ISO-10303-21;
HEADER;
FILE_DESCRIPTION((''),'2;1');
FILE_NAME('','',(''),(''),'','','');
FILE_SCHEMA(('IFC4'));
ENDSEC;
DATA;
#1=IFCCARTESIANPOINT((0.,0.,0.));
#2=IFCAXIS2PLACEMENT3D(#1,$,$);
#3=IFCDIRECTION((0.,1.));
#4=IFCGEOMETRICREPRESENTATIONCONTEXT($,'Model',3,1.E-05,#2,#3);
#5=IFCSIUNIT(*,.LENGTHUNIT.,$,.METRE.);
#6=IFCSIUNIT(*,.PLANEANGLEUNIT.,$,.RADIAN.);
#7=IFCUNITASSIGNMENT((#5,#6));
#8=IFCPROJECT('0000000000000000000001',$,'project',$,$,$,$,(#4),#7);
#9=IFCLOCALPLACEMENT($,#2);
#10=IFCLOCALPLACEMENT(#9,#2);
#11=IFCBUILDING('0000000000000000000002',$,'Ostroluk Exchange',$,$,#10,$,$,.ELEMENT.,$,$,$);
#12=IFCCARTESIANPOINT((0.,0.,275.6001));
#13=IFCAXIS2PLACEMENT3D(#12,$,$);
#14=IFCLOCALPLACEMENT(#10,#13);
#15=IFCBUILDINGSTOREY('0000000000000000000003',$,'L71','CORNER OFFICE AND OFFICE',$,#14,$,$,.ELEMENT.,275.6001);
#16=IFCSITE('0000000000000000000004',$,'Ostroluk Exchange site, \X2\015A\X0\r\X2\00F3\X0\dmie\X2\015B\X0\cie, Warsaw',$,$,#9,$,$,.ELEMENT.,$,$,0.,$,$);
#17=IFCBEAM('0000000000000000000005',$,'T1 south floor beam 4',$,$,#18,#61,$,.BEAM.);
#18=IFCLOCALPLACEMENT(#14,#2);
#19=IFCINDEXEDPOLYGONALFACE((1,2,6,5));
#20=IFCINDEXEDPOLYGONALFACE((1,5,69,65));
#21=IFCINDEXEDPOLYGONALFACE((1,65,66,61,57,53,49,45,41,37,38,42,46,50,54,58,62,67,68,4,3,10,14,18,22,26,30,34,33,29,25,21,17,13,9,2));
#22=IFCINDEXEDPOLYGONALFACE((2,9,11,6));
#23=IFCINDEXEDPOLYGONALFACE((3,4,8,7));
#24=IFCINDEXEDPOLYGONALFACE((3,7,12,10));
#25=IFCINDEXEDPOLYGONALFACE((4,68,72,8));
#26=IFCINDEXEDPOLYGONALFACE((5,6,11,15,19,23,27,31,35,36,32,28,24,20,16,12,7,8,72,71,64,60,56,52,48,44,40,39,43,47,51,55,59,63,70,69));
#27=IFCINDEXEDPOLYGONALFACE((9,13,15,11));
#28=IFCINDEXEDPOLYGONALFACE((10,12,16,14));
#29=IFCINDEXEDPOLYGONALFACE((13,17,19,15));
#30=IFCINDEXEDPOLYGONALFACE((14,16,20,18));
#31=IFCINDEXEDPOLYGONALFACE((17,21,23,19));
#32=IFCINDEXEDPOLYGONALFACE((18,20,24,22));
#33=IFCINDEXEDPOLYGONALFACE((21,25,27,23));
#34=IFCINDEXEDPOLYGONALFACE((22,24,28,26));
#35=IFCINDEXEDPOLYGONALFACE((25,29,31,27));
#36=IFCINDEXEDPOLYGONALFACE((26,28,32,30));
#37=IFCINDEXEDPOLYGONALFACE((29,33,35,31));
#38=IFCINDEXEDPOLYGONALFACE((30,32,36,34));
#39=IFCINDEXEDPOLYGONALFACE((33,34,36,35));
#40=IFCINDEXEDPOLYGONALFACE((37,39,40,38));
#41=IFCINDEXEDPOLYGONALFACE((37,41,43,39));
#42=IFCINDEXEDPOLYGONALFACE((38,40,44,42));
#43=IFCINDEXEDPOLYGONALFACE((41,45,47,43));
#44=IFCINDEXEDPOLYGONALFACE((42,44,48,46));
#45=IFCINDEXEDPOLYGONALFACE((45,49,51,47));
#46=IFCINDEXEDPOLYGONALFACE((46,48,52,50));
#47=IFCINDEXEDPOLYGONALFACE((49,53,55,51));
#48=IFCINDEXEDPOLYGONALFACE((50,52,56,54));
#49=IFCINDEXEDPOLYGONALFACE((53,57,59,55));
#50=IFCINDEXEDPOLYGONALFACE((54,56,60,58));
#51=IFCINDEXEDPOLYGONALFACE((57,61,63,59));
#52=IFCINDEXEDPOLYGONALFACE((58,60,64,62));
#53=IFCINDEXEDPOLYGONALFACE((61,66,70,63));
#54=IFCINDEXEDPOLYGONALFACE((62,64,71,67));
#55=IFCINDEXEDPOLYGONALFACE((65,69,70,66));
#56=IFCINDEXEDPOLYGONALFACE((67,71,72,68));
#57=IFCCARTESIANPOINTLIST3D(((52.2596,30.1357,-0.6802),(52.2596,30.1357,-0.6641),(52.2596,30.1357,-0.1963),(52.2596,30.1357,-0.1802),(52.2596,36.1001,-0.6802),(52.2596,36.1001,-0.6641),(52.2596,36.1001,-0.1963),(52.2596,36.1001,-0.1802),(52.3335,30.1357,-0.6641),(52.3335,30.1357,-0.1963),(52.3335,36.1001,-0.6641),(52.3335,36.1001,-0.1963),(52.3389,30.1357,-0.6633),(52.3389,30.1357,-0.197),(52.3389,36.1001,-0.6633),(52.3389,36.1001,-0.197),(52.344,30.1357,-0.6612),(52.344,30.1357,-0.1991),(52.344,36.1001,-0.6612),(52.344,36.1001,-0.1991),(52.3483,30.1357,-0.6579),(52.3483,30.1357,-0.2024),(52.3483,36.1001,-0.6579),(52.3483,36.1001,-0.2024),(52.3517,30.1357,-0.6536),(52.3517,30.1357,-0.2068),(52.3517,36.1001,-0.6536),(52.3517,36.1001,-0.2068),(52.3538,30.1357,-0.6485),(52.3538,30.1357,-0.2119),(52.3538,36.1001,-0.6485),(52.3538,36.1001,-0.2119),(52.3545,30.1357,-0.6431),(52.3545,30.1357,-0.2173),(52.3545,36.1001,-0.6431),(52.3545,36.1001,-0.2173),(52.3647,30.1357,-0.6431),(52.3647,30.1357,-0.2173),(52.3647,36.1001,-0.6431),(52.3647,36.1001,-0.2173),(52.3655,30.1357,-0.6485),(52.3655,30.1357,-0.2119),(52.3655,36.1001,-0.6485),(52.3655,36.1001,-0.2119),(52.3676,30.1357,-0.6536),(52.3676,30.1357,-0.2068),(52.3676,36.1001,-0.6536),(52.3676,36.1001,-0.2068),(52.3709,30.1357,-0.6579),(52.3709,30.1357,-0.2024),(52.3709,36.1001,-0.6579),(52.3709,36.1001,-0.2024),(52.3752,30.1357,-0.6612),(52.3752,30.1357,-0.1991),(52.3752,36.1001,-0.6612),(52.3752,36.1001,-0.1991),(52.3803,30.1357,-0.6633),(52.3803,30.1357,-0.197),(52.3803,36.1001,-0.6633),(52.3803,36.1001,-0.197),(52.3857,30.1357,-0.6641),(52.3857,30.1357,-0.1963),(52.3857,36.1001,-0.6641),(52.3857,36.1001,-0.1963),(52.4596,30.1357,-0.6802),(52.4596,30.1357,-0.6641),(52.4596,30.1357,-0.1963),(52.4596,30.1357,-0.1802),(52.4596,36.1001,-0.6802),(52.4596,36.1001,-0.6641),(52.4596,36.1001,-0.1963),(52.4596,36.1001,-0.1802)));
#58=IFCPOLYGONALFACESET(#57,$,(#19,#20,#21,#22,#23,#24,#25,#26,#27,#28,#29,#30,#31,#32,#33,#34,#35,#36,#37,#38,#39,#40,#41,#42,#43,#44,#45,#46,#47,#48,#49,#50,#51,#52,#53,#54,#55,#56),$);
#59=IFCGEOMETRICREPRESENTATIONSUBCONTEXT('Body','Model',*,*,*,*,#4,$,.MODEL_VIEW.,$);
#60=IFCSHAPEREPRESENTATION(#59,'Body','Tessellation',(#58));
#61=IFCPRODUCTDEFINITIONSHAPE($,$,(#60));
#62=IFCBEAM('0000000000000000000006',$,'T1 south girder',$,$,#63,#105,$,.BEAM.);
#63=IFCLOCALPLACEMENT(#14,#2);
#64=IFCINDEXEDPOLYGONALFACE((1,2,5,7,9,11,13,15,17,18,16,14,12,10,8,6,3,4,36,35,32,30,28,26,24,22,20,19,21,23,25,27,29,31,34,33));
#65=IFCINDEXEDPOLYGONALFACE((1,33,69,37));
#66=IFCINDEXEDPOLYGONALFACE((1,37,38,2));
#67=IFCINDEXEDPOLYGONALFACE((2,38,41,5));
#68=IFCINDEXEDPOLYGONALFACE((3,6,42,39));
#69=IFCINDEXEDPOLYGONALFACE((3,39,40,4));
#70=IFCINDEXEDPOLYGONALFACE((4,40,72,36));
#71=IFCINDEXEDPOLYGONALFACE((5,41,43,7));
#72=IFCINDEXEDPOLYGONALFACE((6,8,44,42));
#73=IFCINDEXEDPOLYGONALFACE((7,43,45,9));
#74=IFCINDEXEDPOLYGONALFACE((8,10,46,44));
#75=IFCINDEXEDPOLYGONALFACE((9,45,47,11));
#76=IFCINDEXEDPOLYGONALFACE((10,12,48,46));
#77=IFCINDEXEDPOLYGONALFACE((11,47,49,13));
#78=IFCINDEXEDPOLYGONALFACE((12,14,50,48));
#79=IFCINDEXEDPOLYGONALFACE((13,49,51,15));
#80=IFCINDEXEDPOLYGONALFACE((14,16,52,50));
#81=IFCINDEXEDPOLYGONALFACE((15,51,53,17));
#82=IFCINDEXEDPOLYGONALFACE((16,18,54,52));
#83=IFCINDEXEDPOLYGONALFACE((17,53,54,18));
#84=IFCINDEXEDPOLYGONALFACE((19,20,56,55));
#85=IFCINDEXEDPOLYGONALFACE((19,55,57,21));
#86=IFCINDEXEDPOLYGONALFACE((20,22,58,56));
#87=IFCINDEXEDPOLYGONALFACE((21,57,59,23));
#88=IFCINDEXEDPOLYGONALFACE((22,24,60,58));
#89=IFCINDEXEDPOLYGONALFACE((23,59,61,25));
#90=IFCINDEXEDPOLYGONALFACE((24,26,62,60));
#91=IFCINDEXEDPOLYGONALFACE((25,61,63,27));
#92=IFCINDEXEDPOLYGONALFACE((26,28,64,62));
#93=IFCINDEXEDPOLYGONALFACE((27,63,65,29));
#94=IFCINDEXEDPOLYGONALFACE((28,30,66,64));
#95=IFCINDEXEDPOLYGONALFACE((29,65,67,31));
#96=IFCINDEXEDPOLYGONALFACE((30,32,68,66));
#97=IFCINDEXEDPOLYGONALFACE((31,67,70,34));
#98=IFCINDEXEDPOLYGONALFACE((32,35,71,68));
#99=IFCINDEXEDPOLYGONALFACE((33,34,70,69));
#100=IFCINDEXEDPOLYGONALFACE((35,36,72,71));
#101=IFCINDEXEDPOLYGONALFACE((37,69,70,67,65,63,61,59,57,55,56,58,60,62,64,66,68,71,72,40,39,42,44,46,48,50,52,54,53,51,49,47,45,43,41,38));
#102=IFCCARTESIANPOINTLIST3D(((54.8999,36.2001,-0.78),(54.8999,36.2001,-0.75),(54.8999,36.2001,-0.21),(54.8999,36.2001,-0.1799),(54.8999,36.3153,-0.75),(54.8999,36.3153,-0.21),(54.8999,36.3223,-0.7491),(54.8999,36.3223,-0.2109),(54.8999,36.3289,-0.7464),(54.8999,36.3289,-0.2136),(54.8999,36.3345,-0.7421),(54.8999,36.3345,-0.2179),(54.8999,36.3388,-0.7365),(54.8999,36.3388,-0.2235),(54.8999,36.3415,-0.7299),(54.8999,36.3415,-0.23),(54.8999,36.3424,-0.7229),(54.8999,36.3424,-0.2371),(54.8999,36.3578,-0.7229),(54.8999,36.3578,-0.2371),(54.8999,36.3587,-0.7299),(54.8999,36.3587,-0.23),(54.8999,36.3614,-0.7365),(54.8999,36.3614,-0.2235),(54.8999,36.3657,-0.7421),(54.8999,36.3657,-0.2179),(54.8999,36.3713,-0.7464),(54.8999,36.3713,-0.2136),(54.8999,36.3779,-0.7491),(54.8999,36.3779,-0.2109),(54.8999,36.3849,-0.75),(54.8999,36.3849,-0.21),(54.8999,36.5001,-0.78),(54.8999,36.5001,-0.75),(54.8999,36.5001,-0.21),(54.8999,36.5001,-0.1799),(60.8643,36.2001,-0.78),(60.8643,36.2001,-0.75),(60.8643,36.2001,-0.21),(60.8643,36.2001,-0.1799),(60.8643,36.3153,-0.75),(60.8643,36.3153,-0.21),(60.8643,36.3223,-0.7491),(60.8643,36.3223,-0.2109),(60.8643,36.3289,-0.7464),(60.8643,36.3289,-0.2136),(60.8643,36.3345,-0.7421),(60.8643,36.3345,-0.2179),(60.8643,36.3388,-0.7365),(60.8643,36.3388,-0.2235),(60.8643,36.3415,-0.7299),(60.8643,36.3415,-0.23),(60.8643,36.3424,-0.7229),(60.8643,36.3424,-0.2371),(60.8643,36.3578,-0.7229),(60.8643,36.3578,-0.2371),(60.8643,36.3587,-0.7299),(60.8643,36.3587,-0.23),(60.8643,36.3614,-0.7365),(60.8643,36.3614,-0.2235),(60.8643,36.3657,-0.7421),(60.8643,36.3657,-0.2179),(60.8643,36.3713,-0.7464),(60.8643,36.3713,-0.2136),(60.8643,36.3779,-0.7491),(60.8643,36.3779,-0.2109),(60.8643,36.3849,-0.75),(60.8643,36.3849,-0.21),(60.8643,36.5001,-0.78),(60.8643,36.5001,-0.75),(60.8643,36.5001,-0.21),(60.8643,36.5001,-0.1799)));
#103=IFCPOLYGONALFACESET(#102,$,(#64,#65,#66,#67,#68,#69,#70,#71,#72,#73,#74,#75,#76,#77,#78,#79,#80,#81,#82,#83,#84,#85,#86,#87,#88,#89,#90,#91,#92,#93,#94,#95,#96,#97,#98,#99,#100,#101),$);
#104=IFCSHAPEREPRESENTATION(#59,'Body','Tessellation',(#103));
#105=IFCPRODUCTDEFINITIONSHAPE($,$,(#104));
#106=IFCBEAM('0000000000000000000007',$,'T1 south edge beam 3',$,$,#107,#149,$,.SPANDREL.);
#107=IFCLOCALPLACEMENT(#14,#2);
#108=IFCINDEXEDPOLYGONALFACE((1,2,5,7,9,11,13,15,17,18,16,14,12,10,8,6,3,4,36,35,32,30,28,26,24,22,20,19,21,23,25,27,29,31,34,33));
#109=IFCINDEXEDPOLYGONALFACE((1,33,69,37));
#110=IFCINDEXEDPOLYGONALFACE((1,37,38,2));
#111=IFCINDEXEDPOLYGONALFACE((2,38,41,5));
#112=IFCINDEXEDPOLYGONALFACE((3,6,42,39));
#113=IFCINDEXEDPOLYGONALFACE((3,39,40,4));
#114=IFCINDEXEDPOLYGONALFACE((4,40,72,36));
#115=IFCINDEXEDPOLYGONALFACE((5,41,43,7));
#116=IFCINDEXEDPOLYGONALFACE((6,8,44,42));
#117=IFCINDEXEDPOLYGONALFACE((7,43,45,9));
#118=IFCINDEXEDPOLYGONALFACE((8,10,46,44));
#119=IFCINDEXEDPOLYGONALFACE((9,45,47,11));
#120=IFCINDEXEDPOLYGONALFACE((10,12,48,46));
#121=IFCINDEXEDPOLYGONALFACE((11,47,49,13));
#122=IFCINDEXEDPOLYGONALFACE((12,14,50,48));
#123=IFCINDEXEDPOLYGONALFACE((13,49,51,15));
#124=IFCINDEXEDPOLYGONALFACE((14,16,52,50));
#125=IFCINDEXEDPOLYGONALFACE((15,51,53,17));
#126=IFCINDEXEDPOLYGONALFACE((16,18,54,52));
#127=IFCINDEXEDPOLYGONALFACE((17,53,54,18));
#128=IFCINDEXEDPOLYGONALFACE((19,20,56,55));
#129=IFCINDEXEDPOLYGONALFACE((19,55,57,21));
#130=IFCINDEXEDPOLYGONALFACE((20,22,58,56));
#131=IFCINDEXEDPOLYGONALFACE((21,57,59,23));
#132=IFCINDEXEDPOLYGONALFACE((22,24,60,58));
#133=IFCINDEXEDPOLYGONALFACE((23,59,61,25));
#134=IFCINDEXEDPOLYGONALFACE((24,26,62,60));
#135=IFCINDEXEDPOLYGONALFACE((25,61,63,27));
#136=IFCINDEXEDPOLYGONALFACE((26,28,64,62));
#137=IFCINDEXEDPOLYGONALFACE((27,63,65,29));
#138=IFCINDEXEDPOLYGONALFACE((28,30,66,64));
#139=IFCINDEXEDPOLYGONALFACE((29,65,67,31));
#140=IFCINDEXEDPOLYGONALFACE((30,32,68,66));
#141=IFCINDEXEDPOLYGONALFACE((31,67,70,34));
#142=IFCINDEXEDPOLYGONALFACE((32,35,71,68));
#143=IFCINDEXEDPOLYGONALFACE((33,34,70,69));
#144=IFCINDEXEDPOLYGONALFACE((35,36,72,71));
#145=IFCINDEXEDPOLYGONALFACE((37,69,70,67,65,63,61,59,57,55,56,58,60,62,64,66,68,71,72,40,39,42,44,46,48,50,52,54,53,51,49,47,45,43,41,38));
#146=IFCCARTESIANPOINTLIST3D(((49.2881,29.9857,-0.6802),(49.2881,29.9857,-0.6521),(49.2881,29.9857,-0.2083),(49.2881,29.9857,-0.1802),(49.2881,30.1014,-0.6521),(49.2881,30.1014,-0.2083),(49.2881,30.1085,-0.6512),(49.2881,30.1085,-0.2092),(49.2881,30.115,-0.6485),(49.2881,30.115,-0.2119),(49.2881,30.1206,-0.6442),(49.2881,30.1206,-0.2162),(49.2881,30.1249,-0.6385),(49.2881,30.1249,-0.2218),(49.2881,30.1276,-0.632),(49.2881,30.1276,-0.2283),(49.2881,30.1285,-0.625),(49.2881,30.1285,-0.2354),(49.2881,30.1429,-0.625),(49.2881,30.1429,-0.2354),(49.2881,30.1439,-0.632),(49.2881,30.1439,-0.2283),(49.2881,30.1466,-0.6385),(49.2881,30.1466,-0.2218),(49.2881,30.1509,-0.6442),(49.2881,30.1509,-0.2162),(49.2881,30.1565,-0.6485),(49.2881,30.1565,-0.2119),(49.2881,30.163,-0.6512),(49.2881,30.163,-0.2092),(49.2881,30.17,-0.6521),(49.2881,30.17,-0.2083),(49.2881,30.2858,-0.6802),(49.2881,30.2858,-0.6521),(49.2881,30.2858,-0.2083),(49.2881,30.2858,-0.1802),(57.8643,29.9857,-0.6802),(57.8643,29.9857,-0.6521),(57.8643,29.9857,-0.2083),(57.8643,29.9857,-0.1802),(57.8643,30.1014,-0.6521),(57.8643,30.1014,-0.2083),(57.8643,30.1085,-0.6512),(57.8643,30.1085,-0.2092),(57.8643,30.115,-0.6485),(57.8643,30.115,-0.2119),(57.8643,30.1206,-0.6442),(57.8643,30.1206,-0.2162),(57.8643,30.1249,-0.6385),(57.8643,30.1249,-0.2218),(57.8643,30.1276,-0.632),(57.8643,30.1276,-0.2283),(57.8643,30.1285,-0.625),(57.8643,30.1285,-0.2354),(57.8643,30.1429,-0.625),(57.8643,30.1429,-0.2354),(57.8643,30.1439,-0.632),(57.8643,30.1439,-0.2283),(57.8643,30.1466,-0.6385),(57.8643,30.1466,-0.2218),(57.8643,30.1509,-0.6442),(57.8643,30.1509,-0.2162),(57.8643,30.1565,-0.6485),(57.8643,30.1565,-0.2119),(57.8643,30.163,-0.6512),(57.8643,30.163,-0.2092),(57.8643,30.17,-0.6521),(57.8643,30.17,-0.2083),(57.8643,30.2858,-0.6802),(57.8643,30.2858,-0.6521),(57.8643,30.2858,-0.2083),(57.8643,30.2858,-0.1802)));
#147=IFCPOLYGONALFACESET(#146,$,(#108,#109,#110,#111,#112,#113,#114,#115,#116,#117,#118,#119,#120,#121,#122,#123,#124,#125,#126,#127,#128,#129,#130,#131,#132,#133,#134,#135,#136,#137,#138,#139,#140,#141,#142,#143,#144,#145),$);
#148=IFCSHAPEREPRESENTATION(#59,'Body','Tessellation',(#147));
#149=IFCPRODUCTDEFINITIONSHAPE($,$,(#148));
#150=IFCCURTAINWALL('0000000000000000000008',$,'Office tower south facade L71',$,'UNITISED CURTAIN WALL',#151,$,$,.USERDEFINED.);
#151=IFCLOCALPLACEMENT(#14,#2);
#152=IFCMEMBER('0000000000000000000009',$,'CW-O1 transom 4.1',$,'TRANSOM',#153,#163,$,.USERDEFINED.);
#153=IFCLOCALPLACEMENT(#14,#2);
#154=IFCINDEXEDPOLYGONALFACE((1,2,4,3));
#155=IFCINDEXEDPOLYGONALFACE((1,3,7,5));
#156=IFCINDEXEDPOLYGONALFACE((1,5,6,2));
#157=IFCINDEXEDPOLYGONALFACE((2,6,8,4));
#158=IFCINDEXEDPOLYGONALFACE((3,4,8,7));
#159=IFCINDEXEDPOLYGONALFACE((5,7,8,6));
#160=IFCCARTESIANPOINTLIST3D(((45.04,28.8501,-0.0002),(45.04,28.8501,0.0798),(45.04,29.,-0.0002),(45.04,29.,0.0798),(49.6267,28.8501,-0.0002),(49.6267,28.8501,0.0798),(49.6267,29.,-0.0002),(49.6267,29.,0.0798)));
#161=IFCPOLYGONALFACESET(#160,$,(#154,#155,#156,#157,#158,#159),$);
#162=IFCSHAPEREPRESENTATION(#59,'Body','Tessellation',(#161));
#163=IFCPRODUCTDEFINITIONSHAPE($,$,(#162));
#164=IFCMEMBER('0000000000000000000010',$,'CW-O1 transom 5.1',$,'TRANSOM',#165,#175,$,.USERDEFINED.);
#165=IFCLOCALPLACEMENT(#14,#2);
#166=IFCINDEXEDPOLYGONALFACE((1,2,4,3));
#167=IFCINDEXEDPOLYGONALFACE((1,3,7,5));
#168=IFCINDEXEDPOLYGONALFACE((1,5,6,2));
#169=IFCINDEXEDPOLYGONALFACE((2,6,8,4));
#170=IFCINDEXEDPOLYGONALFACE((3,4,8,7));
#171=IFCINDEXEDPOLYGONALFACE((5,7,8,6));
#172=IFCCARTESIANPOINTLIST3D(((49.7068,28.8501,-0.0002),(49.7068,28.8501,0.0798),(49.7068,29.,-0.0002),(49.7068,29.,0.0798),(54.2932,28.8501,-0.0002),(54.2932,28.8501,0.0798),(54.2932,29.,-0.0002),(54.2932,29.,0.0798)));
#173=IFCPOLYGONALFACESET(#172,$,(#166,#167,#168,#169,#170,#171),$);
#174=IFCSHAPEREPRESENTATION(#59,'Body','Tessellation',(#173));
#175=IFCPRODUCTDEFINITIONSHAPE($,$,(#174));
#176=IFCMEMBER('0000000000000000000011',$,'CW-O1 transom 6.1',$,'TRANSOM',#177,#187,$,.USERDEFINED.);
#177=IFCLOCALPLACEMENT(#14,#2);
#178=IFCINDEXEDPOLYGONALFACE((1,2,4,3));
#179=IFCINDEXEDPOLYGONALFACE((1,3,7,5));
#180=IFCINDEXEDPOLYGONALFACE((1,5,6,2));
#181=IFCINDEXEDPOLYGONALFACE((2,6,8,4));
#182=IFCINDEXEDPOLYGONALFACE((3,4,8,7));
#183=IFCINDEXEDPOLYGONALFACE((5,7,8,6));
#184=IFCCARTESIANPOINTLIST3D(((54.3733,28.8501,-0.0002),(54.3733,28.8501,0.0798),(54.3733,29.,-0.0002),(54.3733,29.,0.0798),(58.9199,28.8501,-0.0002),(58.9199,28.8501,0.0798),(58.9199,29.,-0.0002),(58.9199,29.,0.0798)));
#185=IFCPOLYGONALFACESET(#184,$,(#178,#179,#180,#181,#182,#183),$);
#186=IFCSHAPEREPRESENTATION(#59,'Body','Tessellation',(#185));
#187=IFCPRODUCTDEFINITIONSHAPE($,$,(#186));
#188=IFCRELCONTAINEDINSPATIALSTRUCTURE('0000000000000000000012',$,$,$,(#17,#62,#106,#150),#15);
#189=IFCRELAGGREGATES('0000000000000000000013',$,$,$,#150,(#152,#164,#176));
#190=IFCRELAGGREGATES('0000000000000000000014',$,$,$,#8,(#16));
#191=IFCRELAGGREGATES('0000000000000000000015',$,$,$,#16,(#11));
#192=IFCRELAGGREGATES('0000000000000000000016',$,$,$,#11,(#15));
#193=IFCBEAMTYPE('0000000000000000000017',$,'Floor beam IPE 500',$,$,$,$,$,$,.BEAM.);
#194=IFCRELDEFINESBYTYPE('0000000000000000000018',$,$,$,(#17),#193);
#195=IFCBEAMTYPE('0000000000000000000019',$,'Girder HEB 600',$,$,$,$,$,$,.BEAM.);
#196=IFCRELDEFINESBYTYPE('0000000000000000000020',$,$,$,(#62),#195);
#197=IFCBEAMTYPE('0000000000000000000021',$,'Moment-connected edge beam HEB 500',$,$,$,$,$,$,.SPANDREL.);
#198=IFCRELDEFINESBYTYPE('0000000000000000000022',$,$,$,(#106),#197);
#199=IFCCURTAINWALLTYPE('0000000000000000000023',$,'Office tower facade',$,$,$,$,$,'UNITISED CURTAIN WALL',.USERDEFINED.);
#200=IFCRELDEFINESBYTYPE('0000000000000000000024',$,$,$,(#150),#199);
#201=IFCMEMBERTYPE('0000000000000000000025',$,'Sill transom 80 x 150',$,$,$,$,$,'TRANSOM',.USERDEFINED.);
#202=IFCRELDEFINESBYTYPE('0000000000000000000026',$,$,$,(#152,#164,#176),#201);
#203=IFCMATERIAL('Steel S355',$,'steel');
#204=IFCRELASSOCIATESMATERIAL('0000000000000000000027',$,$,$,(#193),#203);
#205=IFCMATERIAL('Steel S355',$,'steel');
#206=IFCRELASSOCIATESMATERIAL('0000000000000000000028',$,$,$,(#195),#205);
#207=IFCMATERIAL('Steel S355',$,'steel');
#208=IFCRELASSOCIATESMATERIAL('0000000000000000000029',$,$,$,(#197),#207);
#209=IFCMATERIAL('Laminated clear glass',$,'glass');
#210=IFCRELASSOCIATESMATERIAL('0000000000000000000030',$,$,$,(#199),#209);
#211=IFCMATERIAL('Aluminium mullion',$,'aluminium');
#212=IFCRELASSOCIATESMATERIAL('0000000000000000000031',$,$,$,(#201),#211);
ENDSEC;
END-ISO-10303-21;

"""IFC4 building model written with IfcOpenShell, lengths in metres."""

from ifc_helpers import new_model, si_unit, direction, frame, origin, origin_2d, place, context, subcontext, project, spatial, rectangle, i_section, extrude, material, material_profile, profile_set, type_object, element, aggregate, save


model = new_model("IFC4")

# Units and contexts
model_context = context("Model", 3, precision=1e-05, world=origin(), true_north=direction((0.0, 1.0)))
body_context = subcontext(model_context, "Body", "Model", "MODEL_VIEW")
ifc_project = project(units=[si_unit("LENGTHUNIT", "METRE"), si_unit("PLANEANGLEUNIT", "RADIAN")], contexts=[model_context])

# Site, building, storey
site_placement = place(None, origin())
site = spatial("IfcSite", under=ifc_project, at=site_placement, Name="Ostroluk Exchange site, Śródmieście, Warsaw", CompositionType="ELEMENT", RefElevation=0.0)
building_placement = place(site_placement, origin())
building = spatial("IfcBuilding", under=site, at=building_placement, Name="Ostroluk Exchange", CompositionType="ELEMENT")
storey_placement = place(building_placement, frame((0.0, 0.0, 275.6001)))
storey = spatial("IfcBuildingStorey", under=building, at=storey_placement, Name="L71", Description="CORNER OFFICE AND OFFICE", CompositionType="ELEMENT", Elevation=275.6001)

# Beams
ifc_material_1 = material(Name="Steel S355", Category="steel")
ifc_material_profile_1 = material_profile(ifc_material_1, i_section(OverallWidth=0.2, OverallDepth=0.5, WebThickness=0.0103, FlangeThickness=0.0161, FilletRadius=0.021, at=origin_2d()), Name="IPE 500")
ifc_profile_set_1 = profile_set([ifc_material_profile_1], Name="Steel S355")
beam_type_1 = type_object("IfcBeamType", Name="Floor beam IPE 500", PredefinedType="BEAM", material=ifc_profile_set_1)
for number, where, z_axis, x_axis, name in (
    (1, (52.3596, 36.1001, -0.4302), (0.0, -1.0, 0.0), (1.0, 0.0, 0.0), "T1 south floor beam 4"),
):
    element("IfcBeam", number, at=place(storey_placement, frame(where, z_axis=z_axis, x_axis=x_axis)), inside=storey, type_object=beam_type_1, Name=name, PredefinedType="BEAM", context=body_context, shape_type="SweptSolid", body=[
        extrude(i_section(OverallWidth=0.2, OverallDepth=0.5, WebThickness=0.0103, FlangeThickness=0.0161, FilletRadius=0.021, at=origin_2d()), origin(), (0.0, 0.0, 1.0), 5.9644),
    ])
ifc_material_2 = material(Name="Steel S355", Category="steel")
ifc_material_profile_2 = material_profile(ifc_material_2, i_section(OverallWidth=0.3, OverallDepth=0.6001, WebThickness=0.0154, FlangeThickness=0.03, FilletRadius=0.0271, at=origin_2d()), Name="HEB 600")
ifc_profile_set_2 = profile_set([ifc_material_profile_2], Name="Steel S355")
beam_type_2 = type_object("IfcBeamType", Name="Girder HEB 600", PredefinedType="BEAM", material=ifc_profile_set_2)
beam_1_placement = place(storey_placement, frame((54.8999, 36.3501, -0.48), z_axis=(1.0, 0.0, 0.0), x_axis=(0.0, 1.0, 0.0)))
element("IfcBeam", 2, at=beam_1_placement, inside=storey, type_object=beam_type_2, Name="T1 south girder", PredefinedType="BEAM", context=body_context, shape_type="SweptSolid", body=[
    extrude(i_section(OverallWidth=0.3, OverallDepth=0.6001, WebThickness=0.0154, FlangeThickness=0.03, FilletRadius=0.0271, at=origin_2d()), origin(), (0.0, 0.0, 1.0), 5.9644),
])
ifc_material_3 = material(Name="Steel S355", Category="steel")
ifc_material_profile_3 = material_profile(ifc_material_3, i_section(OverallWidth=0.3, OverallDepth=0.5, WebThickness=0.0144, FlangeThickness=0.0281, FilletRadius=0.0271, at=origin_2d()), Name="HEB 500")
ifc_profile_set_3 = profile_set([ifc_material_profile_3], Name="Steel S355")
beam_type_3 = type_object("IfcBeamType", Name="Moment-connected edge beam HEB 500", PredefinedType="SPANDREL", material=ifc_profile_set_3)
beam_2_placement = place(storey_placement, frame((49.2881, 30.1357, -0.4302), z_axis=(1.0, 0.0, 0.0), x_axis=(0.0, 1.0, 0.0)))
element("IfcBeam", 3, at=beam_2_placement, inside=storey, type_object=beam_type_3, Name="T1 south edge beam 3", PredefinedType="SPANDREL", context=body_context, shape_type="SweptSolid", body=[
    extrude(i_section(OverallWidth=0.3, OverallDepth=0.5, WebThickness=0.0144, FlangeThickness=0.0281, FilletRadius=0.0271, at=origin_2d()), origin(), (0.0, 0.0, 1.0), 8.5762),
])

# Curtain wall, members
ifc_material_4 = material(Name="Laminated clear glass", Category="glass")
curtain_wall_type = type_object("IfcCurtainWallType", Name="Office tower facade", ElementType="UNITISED CURTAIN WALL", PredefinedType="USERDEFINED", material=ifc_material_4)
curtain_wall_placement = place(storey_placement, origin())
curtain_wall = element("IfcCurtainWall", 4, at=curtain_wall_placement, inside=storey, type_object=curtain_wall_type, Name="Office tower south facade L71", ObjectType="UNITISED CURTAIN WALL", PredefinedType="USERDEFINED")
ifc_material_5 = material(Name="Aluminium mullion", Category="aluminium")
ifc_material_profile_4 = material_profile(ifc_material_5, rectangle(XDim=0.1499, YDim=0.0801, at=origin_2d()), Name="Sill transom 80 x 150")
ifc_profile_set_4 = profile_set([ifc_material_profile_4], Name="Aluminium mullion")
member_type_1 = type_object("IfcMemberType", Name="Sill transom 80 x 150", ElementType="TRANSOM", PredefinedType="USERDEFINED", material=ifc_profile_set_4)
member_1_placement = place(storey_placement, frame((45.04, 28.925, 0.0398), z_axis=(1.0, 0.0, 0.0), x_axis=(0.0, 1.0, 0.0)))
member_1 = element("IfcMember", 5, at=member_1_placement, type_object=member_type_1, Name="CW-O1 transom 4.1", ObjectType="TRANSOM", PredefinedType="USERDEFINED", context=body_context, shape_type="SweptSolid", body=[
    extrude(rectangle(XDim=0.1499, YDim=0.0801, at=origin_2d()), origin(), (0.0, 0.0, 1.0), 4.5867),
])
member_2_placement = place(storey_placement, frame((49.7068, 28.925, 0.0398), z_axis=(1.0, 0.0, 0.0), x_axis=(0.0, 1.0, 0.0)))
member_2 = element("IfcMember", 6, at=member_2_placement, type_object=member_type_1, Name="CW-O1 transom 5.1", ObjectType="TRANSOM", PredefinedType="USERDEFINED", context=body_context, shape_type="SweptSolid", body=[
    extrude(rectangle(XDim=0.1499, YDim=0.0801, at=origin_2d()), origin(), (0.0, 0.0, 1.0), 4.5864),
])
member_3_placement = place(storey_placement, frame((54.3733, 28.925, 0.0398), z_axis=(1.0, 0.0, 0.0), x_axis=(0.0, 1.0, 0.0)))
member_3 = element("IfcMember", 7, at=member_3_placement, type_object=member_type_1, Name="CW-O1 transom 6.1", ObjectType="TRANSOM", PredefinedType="USERDEFINED", context=body_context, shape_type="SweptSolid", body=[
    extrude(rectangle(XDim=0.1499, YDim=0.0801, at=origin_2d()), origin(), (0.0, 0.0, 1.0), 4.5466),
])
aggregate(curtain_wall, [member_1, member_2, member_3])

save(model, "model.ifc")
